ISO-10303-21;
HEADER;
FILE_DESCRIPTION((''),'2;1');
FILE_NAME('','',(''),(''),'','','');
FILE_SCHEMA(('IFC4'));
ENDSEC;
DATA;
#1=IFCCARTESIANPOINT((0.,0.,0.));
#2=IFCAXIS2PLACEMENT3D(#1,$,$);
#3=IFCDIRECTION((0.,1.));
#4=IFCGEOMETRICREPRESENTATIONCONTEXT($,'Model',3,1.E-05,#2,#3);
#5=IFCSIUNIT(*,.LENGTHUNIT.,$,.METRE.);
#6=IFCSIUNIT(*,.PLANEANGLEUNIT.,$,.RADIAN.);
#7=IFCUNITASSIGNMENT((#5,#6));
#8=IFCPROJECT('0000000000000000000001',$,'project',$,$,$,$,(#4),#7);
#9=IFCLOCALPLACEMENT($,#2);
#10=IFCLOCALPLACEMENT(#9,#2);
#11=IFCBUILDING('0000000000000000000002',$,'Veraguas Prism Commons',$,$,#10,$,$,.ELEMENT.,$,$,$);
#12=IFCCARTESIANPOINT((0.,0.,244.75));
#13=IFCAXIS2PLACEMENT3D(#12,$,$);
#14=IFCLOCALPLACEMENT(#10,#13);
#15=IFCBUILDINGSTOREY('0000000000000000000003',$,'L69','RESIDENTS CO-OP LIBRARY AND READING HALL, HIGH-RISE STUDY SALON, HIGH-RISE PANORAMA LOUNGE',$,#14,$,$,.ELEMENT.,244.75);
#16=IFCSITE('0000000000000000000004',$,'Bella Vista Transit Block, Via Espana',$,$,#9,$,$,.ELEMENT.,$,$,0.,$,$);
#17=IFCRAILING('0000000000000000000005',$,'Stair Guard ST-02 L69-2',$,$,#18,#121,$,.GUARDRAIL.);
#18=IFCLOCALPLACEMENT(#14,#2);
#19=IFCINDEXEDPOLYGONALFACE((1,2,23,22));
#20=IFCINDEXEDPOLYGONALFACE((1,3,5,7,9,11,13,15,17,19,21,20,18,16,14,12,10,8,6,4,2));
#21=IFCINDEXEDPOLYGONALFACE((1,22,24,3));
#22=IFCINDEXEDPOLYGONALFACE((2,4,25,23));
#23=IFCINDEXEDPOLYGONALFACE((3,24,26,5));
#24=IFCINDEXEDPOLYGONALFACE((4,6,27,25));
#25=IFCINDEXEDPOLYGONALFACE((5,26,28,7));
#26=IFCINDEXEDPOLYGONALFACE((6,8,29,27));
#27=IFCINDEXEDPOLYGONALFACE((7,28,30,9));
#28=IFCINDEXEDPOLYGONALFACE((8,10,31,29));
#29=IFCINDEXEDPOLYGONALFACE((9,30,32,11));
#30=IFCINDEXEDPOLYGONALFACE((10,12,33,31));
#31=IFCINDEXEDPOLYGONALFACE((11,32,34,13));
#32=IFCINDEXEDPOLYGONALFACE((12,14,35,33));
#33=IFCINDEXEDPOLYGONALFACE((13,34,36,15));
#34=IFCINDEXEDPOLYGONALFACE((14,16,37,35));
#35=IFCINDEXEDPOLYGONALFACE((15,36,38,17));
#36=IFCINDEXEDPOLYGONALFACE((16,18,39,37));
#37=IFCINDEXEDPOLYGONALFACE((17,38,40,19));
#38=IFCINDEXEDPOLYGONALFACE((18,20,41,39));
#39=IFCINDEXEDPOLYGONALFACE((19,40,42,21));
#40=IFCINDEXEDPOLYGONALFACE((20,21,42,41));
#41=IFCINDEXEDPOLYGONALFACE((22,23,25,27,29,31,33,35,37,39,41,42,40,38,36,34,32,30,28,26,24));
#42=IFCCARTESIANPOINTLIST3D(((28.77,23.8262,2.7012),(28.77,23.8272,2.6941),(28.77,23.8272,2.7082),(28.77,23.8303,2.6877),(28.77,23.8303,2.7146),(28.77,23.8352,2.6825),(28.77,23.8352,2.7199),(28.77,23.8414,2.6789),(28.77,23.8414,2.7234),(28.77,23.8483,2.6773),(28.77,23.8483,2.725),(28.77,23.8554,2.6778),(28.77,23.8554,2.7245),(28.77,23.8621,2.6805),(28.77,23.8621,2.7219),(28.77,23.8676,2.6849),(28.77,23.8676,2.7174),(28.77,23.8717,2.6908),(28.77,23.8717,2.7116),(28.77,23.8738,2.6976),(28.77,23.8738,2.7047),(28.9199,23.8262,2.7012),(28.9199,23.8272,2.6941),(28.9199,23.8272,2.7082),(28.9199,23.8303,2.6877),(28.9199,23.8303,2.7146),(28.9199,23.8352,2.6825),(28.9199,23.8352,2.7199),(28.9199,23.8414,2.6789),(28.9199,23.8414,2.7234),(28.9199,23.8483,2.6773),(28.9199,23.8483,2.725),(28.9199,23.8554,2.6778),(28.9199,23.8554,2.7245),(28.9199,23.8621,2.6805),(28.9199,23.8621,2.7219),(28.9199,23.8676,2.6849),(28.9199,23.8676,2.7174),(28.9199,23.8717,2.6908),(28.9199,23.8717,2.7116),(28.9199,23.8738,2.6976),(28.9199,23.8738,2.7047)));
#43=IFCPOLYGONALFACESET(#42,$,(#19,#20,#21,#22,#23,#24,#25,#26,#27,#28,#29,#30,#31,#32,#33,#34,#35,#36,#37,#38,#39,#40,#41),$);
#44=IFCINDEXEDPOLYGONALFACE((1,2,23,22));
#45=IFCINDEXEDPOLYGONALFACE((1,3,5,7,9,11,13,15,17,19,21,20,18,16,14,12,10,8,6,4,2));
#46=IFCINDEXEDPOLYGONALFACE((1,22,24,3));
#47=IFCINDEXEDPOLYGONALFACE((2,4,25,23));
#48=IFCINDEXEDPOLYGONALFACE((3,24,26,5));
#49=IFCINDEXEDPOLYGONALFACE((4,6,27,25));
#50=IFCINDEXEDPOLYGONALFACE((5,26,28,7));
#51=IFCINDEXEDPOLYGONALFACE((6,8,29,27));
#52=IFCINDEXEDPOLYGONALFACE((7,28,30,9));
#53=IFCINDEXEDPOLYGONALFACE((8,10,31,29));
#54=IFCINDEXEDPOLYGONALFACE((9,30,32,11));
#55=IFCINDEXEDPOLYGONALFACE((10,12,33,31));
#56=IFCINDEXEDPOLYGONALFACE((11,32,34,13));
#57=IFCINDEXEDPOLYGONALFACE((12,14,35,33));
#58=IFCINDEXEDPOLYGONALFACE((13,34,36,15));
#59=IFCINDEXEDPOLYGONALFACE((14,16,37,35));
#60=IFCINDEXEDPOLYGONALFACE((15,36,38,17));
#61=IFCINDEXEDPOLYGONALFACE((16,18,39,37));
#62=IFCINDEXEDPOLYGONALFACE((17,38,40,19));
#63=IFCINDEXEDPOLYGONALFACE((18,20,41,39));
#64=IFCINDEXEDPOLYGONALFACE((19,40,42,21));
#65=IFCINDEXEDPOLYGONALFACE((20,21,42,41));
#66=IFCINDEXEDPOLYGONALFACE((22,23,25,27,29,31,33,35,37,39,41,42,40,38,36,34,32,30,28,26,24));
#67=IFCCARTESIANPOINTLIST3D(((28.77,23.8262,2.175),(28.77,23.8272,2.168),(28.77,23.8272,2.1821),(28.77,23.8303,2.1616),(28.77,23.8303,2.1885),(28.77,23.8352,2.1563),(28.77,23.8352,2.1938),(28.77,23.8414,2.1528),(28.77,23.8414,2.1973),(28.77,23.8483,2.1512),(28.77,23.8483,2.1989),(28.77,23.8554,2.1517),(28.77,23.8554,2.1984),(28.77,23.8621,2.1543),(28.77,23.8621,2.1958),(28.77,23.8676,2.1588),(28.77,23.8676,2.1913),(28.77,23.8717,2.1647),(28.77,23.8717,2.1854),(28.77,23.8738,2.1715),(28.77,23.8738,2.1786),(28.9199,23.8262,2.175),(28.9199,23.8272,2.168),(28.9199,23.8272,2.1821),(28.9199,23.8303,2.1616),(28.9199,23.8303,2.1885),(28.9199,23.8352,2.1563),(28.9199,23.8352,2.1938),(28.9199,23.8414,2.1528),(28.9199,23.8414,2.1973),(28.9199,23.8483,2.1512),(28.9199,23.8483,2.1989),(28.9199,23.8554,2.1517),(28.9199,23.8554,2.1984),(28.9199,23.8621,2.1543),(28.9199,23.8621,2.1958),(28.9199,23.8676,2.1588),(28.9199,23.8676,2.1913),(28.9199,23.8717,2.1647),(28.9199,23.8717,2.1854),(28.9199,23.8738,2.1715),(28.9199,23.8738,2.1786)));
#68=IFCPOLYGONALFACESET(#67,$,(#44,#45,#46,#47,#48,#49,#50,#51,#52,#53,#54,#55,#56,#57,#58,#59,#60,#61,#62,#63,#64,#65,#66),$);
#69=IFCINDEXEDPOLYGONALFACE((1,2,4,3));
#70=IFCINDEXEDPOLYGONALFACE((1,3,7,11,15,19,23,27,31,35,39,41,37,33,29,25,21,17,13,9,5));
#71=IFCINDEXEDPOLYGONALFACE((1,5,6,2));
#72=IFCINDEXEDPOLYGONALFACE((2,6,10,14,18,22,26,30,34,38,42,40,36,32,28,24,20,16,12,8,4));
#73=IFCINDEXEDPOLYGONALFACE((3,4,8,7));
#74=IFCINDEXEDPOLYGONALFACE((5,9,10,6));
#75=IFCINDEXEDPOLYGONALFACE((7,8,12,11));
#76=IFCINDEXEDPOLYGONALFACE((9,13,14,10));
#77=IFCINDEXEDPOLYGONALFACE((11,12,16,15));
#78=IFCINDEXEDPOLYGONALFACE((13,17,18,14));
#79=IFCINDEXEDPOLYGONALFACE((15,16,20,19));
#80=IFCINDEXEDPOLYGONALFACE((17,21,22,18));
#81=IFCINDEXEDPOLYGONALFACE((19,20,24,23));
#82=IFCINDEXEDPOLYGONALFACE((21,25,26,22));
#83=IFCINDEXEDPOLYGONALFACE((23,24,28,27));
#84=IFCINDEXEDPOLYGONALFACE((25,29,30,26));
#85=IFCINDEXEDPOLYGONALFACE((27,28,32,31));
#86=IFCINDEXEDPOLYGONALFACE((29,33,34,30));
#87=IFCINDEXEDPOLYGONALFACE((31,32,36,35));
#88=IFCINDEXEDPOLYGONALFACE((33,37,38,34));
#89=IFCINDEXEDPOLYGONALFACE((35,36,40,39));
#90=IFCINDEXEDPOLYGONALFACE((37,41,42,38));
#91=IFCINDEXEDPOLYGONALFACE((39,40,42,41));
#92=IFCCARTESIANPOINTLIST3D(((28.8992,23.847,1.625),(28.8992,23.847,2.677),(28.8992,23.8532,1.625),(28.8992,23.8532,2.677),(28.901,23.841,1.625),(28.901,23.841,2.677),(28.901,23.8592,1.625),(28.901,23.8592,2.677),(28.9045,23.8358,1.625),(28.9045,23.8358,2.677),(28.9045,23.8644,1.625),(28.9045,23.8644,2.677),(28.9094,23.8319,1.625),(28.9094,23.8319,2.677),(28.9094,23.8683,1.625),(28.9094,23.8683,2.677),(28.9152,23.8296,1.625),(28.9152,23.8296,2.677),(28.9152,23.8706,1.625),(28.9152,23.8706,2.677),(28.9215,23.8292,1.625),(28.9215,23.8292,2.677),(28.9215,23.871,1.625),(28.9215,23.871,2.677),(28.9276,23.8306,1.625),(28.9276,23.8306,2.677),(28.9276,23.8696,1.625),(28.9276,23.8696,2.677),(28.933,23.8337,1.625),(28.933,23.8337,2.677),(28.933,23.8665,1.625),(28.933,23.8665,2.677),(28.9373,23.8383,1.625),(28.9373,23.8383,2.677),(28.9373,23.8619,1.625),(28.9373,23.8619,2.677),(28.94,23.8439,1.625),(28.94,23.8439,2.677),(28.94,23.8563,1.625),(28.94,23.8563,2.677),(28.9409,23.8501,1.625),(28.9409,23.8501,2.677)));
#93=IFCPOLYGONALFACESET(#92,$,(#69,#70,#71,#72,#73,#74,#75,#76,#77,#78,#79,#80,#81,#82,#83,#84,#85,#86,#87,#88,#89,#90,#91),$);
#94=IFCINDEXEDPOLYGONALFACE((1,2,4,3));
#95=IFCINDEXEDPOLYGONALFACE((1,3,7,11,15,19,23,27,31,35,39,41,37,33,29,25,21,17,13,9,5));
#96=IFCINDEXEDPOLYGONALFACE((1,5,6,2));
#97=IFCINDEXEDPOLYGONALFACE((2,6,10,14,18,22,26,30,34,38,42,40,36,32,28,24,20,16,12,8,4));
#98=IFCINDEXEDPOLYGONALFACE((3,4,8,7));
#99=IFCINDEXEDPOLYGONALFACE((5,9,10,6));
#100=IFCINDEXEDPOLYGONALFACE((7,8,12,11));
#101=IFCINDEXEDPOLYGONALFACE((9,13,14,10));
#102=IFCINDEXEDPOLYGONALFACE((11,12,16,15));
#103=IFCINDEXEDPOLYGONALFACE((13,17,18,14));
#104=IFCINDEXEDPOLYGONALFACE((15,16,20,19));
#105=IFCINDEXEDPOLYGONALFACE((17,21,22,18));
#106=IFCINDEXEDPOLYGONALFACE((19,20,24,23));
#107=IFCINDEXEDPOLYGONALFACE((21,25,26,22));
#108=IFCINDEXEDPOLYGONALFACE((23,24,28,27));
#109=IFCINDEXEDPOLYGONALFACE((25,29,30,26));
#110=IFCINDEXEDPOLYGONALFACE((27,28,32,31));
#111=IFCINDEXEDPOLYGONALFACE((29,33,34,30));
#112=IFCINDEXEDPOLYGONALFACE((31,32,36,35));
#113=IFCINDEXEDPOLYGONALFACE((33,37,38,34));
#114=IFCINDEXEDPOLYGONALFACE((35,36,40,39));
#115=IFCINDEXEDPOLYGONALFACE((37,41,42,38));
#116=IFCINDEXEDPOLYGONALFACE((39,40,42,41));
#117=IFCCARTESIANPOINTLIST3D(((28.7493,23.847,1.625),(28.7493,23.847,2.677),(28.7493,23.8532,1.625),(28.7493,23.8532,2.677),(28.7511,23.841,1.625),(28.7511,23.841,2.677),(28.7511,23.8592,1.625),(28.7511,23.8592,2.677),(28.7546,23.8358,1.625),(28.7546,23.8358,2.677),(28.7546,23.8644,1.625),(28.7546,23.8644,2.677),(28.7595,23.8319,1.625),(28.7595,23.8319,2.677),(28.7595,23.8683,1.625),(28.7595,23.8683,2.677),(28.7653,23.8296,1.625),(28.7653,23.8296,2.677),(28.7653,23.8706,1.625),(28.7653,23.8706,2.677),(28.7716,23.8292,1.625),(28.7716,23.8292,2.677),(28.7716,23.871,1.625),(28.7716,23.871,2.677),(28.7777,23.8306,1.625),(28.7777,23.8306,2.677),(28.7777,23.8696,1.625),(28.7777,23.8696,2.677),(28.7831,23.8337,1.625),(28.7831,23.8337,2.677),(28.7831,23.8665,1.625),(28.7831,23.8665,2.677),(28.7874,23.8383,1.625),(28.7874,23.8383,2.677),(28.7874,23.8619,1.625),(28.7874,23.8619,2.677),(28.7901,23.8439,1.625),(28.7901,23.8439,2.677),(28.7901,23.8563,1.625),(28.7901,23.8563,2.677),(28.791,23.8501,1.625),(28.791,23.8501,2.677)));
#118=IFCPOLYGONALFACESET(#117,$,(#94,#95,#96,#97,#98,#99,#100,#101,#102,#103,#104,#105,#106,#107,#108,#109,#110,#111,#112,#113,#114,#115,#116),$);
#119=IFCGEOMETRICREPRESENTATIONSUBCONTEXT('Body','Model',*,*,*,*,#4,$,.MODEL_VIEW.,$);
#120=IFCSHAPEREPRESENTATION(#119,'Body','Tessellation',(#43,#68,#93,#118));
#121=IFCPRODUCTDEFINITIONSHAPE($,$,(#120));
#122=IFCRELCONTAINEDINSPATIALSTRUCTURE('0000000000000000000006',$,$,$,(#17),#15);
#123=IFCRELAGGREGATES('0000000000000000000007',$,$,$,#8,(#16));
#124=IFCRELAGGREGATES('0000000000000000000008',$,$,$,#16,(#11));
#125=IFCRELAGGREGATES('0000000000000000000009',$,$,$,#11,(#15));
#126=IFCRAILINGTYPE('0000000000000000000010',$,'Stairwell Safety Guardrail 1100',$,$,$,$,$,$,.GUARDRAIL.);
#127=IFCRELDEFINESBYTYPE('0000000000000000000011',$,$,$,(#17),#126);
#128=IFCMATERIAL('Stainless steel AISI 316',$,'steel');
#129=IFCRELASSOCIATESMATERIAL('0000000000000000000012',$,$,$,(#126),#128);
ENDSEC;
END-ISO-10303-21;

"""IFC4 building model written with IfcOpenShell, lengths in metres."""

from ifc_helpers import new_model, si_unit, direction, frame, origin, origin_2d, place, context, subcontext, project, spatial, circle, extrude, material, type_object, element, save


model = new_model("IFC4")

# Units and contexts
model_context = context("Model", 3, precision=1e-05, world=origin(), true_north=direction((0.0, 1.0)))
body_context = subcontext(model_context, "Body", "Model", "MODEL_VIEW")
ifc_project = project(units=[si_unit("LENGTHUNIT", "METRE"), si_unit("PLANEANGLEUNIT", "RADIAN")], contexts=[model_context])

# Site, building, storey
site_placement = place(None, origin())
site = spatial("IfcSite", under=ifc_project, at=site_placement, Name="Bella Vista Transit Block, Via Espana", CompositionType="ELEMENT", RefElevation=0.0)
building_placement = place(site_placement, origin())
building = spatial("IfcBuilding", under=site, at=building_placement, Name="Veraguas Prism Commons", CompositionType="ELEMENT")
storey_placement = place(building_placement, frame((0.0, 0.0, 244.75)))
storey = spatial("IfcBuildingStorey", under=building, at=storey_placement, Name="L69", Description="RESIDENTS CO-OP LIBRARY AND READING HALL, HIGH-RISE STUDY SALON, HIGH-RISE PANORAMA LOUNGE", CompositionType="ELEMENT", Elevation=244.75)

# Railing
ifc_material_1 = material(Name="Stainless steel AISI 316", Category="steel")
railing_type_1 = type_object("IfcRailingType", Name="Stairwell Safety Guardrail 1100", PredefinedType="GUARDRAIL", material=ifc_material_1)
railing_1_placement = place(storey_placement, frame((28.9199, 23.8501, 1.625)))
element("IfcRailing", 1, at=railing_1_placement, inside=storey, type_object=railing_type_1, Name="Stair Guard ST-02 L69-2", PredefinedType="GUARDRAIL", context=body_context, shape_type="SweptSolid", body=[
    extrude(circle(Radius=0.0239, at=origin_2d()), frame((0.0, 0.0, 1.0762), z_axis=(-1.0, 0.0, 0.0), x_axis=(0.0, -1.0, 0.0)), (0.0, 0.0, 1.0), 0.1499),
    extrude(circle(Radius=0.0239, at=origin_2d()), frame((0.0, 0.0, 0.55), z_axis=(-1.0, 0.0, 0.0), x_axis=(0.0, -1.0, 0.0)), (0.0, 0.0, 1.0), 0.1499),
    extrude(circle(Radius=0.021, at=origin_2d()), origin(), (0.0, 0.0, 1.0), 1.052),
    extrude(circle(Radius=0.021, at=origin_2d()), frame((-0.1499, 0.0, 0.0)), (0.0, 0.0, 1.0), 1.052),
])

save(model, "model.ifc")
